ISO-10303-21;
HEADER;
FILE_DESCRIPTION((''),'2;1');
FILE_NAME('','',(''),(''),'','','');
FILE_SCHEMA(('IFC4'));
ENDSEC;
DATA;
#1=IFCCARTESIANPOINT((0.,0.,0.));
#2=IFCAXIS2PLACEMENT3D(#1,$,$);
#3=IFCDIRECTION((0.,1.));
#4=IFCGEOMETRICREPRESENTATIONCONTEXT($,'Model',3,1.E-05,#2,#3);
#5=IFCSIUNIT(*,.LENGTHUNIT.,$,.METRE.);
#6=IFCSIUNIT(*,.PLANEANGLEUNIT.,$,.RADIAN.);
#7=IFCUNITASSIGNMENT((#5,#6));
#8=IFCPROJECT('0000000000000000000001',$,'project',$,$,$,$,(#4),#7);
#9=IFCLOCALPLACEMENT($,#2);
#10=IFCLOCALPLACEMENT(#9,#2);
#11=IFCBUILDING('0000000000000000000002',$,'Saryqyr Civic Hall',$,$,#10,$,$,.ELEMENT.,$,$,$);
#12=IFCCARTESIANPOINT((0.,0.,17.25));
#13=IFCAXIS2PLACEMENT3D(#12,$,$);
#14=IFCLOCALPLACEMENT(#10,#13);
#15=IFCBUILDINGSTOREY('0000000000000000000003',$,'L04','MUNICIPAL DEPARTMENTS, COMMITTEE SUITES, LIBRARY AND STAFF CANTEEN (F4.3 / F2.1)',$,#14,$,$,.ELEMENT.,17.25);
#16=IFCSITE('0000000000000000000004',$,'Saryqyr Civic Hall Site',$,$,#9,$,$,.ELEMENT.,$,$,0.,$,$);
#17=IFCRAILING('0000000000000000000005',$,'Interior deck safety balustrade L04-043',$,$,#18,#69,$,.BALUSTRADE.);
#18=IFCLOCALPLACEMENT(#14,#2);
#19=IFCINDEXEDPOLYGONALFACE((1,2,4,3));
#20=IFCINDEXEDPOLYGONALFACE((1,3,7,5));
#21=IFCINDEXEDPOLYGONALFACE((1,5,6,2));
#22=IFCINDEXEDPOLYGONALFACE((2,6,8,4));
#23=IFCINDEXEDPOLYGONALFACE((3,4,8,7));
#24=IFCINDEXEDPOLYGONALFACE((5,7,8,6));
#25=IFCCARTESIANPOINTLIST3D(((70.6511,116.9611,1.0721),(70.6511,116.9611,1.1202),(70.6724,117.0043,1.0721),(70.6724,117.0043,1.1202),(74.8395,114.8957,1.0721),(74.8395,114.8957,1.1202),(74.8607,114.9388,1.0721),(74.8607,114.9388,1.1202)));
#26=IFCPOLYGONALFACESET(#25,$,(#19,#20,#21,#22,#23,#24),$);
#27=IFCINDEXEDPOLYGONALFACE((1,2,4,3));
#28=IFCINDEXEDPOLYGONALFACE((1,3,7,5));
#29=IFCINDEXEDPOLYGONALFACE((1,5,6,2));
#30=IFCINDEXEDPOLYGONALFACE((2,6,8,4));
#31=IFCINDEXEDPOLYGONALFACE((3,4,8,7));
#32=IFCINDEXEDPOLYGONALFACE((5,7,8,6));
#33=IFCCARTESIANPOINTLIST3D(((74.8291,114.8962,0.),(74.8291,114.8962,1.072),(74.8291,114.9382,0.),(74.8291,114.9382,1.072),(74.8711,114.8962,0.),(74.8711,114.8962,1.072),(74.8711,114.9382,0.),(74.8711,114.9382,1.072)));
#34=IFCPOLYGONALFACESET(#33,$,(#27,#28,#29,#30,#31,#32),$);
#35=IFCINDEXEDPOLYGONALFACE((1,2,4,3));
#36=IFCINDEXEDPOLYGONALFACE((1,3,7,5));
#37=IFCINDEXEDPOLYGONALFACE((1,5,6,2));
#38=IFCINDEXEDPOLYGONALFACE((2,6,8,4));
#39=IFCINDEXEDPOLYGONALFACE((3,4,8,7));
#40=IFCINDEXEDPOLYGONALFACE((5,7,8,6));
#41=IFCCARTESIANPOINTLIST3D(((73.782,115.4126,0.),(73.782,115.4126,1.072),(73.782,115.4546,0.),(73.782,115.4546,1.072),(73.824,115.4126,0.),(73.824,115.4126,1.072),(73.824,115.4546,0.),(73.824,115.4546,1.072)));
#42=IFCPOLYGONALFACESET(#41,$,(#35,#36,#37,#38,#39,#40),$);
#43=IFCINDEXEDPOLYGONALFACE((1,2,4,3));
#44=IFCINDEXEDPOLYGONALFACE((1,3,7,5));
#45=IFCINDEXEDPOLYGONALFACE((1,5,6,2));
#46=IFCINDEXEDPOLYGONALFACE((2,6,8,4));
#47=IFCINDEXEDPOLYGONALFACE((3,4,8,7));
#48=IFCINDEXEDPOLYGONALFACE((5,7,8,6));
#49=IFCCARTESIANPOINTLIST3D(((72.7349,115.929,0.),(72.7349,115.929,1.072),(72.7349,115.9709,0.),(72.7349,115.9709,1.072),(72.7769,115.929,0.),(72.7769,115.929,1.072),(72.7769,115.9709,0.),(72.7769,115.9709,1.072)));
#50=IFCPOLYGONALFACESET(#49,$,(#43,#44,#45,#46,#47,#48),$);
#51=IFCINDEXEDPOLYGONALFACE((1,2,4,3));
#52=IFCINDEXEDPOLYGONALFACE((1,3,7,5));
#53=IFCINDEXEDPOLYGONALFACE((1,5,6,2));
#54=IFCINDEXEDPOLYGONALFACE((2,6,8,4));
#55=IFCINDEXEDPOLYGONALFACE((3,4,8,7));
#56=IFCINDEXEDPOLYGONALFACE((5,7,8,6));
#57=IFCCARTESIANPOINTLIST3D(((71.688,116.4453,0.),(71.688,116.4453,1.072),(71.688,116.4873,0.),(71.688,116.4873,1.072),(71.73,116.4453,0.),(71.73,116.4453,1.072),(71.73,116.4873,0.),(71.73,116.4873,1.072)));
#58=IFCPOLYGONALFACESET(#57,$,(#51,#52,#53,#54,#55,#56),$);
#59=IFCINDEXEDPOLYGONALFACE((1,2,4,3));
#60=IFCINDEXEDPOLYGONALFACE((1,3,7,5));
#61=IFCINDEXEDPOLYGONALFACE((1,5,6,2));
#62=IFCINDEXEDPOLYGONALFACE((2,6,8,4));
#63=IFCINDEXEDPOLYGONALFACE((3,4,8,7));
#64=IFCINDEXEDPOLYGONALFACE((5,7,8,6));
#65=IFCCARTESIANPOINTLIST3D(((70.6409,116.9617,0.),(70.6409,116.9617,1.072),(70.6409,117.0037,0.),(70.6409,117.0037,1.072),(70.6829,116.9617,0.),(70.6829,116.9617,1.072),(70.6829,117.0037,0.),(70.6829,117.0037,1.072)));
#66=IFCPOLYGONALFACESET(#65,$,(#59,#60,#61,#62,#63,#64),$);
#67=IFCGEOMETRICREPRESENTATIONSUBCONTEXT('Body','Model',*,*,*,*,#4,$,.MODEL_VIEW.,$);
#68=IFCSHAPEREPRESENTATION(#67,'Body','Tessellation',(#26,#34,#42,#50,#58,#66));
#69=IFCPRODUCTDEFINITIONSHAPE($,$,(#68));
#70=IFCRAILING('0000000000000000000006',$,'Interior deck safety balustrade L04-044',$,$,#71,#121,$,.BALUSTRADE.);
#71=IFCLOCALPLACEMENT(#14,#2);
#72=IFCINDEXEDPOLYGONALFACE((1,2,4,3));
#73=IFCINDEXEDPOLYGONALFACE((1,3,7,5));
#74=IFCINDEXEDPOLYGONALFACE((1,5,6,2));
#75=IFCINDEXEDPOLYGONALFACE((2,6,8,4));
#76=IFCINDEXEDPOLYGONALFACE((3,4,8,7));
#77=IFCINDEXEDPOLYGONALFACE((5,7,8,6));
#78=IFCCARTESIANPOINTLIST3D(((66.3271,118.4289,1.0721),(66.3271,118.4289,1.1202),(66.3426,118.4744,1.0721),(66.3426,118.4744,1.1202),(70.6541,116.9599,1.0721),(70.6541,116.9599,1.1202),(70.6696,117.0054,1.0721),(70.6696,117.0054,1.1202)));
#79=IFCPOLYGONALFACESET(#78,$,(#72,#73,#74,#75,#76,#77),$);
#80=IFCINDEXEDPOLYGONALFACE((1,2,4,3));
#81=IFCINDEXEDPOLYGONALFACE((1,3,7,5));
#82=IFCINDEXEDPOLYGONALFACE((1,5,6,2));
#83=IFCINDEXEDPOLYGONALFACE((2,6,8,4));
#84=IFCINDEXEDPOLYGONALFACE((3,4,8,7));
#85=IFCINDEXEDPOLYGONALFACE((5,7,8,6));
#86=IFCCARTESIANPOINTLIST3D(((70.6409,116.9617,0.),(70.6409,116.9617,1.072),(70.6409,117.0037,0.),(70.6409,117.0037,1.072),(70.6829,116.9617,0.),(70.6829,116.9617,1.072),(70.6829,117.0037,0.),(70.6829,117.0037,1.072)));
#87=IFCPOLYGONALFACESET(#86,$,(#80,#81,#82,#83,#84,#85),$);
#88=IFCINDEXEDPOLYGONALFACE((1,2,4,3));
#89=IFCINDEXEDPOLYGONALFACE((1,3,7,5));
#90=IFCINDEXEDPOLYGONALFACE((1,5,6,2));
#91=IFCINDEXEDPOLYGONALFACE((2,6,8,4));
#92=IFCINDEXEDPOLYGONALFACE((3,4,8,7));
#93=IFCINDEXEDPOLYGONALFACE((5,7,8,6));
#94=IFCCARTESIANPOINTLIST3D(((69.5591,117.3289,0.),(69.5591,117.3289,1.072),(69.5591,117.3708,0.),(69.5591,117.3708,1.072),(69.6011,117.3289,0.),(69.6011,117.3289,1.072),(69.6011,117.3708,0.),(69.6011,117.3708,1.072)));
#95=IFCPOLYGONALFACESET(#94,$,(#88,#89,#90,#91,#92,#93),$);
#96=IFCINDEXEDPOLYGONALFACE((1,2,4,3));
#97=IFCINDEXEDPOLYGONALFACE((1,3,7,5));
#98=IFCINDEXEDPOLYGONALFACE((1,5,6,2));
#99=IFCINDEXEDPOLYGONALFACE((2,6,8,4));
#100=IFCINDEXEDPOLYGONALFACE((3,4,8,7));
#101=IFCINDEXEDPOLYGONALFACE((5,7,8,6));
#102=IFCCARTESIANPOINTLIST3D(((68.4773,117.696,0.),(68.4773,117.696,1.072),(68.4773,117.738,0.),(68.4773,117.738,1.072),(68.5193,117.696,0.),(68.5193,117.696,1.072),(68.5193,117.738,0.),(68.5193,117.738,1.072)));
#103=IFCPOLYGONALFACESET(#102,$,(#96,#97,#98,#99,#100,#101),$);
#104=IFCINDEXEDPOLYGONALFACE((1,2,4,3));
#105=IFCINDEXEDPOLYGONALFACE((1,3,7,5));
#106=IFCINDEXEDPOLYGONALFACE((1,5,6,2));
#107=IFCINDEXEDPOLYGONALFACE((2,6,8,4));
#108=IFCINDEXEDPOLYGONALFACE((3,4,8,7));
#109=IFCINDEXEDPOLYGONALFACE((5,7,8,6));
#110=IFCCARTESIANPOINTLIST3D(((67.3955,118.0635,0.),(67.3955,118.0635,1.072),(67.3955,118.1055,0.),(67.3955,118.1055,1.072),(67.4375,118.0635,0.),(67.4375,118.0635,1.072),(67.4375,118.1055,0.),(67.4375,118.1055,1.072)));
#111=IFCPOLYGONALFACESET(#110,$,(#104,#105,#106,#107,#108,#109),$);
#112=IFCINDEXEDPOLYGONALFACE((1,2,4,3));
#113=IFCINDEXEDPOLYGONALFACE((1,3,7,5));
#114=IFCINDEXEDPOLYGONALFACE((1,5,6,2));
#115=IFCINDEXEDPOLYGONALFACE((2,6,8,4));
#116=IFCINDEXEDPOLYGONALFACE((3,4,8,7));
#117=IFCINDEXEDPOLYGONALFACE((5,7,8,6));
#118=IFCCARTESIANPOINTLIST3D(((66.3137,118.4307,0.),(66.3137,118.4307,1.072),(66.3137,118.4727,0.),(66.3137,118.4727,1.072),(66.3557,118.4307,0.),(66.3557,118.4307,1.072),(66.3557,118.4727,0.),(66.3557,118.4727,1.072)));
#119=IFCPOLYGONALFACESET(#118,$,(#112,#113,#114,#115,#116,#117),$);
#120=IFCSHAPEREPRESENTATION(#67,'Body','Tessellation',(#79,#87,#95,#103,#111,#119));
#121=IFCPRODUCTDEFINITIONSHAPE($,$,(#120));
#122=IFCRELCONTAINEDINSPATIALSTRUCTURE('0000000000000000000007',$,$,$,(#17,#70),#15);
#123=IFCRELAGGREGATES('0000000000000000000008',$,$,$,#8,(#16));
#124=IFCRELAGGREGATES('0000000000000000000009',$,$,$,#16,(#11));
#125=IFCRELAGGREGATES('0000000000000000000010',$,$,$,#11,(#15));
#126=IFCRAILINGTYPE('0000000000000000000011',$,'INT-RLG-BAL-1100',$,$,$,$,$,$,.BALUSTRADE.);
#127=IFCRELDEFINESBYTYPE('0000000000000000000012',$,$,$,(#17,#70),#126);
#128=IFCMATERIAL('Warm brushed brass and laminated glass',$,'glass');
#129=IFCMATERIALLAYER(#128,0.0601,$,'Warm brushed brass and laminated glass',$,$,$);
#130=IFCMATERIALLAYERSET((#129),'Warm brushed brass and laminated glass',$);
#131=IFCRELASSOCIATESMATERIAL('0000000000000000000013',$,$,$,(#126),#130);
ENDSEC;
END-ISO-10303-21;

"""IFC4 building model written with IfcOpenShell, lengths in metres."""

from ifc_helpers import new_model, si_unit, direction, frame, origin, origin_2d, place, context, subcontext, project, spatial, rectangle, extrude, material, layer, layer_set, type_object, element, save


model = new_model("IFC4")

# Units and contexts
model_context = context("Model", 3, precision=1e-05, world=origin(), true_north=direction((0.0, 1.0)))
body_context = subcontext(model_context, "Body", "Model", "MODEL_VIEW")
ifc_project = project(units=[si_unit("LENGTHUNIT", "METRE"), si_unit("PLANEANGLEUNIT", "RADIAN")], contexts=[model_context])

# Site, building, storey
site_placement = place(None, origin())
site = spatial("IfcSite", under=ifc_project, at=site_placement, Name="Saryqyr Civic Hall Site", CompositionType="ELEMENT", RefElevation=0.0)
building_placement = place(site_placement, origin())
building = spatial("IfcBuilding", under=site, at=building_placement, Name="Saryqyr Civic Hall", CompositionType="ELEMENT")
storey_placement = place(building_placement, frame((0.0, 0.0, 17.25)))
storey = spatial("IfcBuildingStorey", under=building, at=storey_placement, Name="L04", Description="MUNICIPAL DEPARTMENTS, COMMITTEE SUITES, LIBRARY AND STAFF CANTEEN (F4.3 / F2.1)", CompositionType="ELEMENT", Elevation=17.25)

# Railings
ifc_material_1 = material(Name="Warm brushed brass and laminated glass", Category="glass")
ifc_layer_1 = layer(ifc_material_1, 0.0601, Name="Warm brushed brass and laminated glass")
ifc_layer_set_1 = layer_set([ifc_layer_1], Name="Warm brushed brass and laminated glass")
railing_type_1 = type_object("IfcRailingType", Name="INT-RLG-BAL-1100", PredefinedType="BALUSTRADE", material=ifc_layer_set_1)
railing_1_placement = place(storey_placement, frame((74.8501, 114.9172, 0.0)))
element("IfcRailing", 1, at=railing_1_placement, inside=storey, type_object=railing_type_1, Name="Interior deck safety balustrade L04-043", PredefinedType="BALUSTRADE", context=body_context, shape_type="SweptSolid", body=[
    extrude(rectangle(XDim=0.0481, YDim=0.0481, at=origin_2d()), frame((0.0, 0.0, 1.0962), z_axis=(-0.896871, 0.442292, 0.0), x_axis=(-0.442292, -0.896871, 0.0)), (0.0, 0.0, 1.0), 4.6699),
    extrude(rectangle(XDim=0.042, YDim=0.042, at=origin_2d()), origin(), (0.0, 0.0, 1.0), 1.072),
    extrude(rectangle(XDim=0.042, YDim=0.042, at=origin_2d()), frame((-1.0471, 0.5164, 0.0)), (0.0, 0.0, 1.0), 1.072),
    extrude(rectangle(XDim=0.042, YDim=0.042, at=origin_2d()), frame((-2.0942, 1.0327, 0.0)), (0.0, 0.0, 1.0), 1.072),
    extrude(rectangle(XDim=0.042, YDim=0.042, at=origin_2d()), frame((-3.1411, 1.5491, 0.0)), (0.0, 0.0, 1.0), 1.072),
    extrude(rectangle(XDim=0.042, YDim=0.042, at=origin_2d()), frame((-4.1882, 2.0654, 0.0)), (0.0, 0.0, 1.0), 1.072),
])
railing_2_placement = place(storey_placement, frame((70.6619, 116.9827, 0.0)))
element("IfcRailing", 2, at=railing_2_placement, inside=storey, type_object=railing_type_1, Name="Interior deck safety balustrade L04-044", PredefinedType="BALUSTRADE", context=body_context, shape_type="SweptSolid", body=[
    extrude(rectangle(XDim=0.0481, YDim=0.0481, at=origin_2d()), frame((0.0, 0.0, 1.0962), z_axis=(-0.946922, 0.321464, 0.0), x_axis=(-0.321464, -0.946922, 0.0)), (0.0, 0.0, 1.0), 4.5696),
    extrude(rectangle(XDim=0.042, YDim=0.042, at=origin_2d()), origin(), (0.0, 0.0, 1.0), 1.072),
    extrude(rectangle(XDim=0.042, YDim=0.042, at=origin_2d()), frame((-1.0818, 0.3672, 0.0)), (0.0, 0.0, 1.0), 1.072),
    extrude(rectangle(XDim=0.042, YDim=0.042, at=origin_2d()), frame((-2.1636, 0.7344, 0.0)), (0.0, 0.0, 1.0), 1.072),
    extrude(rectangle(XDim=0.042, YDim=0.042, at=origin_2d()), frame((-3.2454, 1.1018, 0.0)), (0.0, 0.0, 1.0), 1.072),
    extrude(rectangle(XDim=0.042, YDim=0.042, at=origin_2d()), frame((-4.3271, 1.469, 0.0)), (0.0, 0.0, 1.0), 1.072),
])

save(model, "model.ifc")
